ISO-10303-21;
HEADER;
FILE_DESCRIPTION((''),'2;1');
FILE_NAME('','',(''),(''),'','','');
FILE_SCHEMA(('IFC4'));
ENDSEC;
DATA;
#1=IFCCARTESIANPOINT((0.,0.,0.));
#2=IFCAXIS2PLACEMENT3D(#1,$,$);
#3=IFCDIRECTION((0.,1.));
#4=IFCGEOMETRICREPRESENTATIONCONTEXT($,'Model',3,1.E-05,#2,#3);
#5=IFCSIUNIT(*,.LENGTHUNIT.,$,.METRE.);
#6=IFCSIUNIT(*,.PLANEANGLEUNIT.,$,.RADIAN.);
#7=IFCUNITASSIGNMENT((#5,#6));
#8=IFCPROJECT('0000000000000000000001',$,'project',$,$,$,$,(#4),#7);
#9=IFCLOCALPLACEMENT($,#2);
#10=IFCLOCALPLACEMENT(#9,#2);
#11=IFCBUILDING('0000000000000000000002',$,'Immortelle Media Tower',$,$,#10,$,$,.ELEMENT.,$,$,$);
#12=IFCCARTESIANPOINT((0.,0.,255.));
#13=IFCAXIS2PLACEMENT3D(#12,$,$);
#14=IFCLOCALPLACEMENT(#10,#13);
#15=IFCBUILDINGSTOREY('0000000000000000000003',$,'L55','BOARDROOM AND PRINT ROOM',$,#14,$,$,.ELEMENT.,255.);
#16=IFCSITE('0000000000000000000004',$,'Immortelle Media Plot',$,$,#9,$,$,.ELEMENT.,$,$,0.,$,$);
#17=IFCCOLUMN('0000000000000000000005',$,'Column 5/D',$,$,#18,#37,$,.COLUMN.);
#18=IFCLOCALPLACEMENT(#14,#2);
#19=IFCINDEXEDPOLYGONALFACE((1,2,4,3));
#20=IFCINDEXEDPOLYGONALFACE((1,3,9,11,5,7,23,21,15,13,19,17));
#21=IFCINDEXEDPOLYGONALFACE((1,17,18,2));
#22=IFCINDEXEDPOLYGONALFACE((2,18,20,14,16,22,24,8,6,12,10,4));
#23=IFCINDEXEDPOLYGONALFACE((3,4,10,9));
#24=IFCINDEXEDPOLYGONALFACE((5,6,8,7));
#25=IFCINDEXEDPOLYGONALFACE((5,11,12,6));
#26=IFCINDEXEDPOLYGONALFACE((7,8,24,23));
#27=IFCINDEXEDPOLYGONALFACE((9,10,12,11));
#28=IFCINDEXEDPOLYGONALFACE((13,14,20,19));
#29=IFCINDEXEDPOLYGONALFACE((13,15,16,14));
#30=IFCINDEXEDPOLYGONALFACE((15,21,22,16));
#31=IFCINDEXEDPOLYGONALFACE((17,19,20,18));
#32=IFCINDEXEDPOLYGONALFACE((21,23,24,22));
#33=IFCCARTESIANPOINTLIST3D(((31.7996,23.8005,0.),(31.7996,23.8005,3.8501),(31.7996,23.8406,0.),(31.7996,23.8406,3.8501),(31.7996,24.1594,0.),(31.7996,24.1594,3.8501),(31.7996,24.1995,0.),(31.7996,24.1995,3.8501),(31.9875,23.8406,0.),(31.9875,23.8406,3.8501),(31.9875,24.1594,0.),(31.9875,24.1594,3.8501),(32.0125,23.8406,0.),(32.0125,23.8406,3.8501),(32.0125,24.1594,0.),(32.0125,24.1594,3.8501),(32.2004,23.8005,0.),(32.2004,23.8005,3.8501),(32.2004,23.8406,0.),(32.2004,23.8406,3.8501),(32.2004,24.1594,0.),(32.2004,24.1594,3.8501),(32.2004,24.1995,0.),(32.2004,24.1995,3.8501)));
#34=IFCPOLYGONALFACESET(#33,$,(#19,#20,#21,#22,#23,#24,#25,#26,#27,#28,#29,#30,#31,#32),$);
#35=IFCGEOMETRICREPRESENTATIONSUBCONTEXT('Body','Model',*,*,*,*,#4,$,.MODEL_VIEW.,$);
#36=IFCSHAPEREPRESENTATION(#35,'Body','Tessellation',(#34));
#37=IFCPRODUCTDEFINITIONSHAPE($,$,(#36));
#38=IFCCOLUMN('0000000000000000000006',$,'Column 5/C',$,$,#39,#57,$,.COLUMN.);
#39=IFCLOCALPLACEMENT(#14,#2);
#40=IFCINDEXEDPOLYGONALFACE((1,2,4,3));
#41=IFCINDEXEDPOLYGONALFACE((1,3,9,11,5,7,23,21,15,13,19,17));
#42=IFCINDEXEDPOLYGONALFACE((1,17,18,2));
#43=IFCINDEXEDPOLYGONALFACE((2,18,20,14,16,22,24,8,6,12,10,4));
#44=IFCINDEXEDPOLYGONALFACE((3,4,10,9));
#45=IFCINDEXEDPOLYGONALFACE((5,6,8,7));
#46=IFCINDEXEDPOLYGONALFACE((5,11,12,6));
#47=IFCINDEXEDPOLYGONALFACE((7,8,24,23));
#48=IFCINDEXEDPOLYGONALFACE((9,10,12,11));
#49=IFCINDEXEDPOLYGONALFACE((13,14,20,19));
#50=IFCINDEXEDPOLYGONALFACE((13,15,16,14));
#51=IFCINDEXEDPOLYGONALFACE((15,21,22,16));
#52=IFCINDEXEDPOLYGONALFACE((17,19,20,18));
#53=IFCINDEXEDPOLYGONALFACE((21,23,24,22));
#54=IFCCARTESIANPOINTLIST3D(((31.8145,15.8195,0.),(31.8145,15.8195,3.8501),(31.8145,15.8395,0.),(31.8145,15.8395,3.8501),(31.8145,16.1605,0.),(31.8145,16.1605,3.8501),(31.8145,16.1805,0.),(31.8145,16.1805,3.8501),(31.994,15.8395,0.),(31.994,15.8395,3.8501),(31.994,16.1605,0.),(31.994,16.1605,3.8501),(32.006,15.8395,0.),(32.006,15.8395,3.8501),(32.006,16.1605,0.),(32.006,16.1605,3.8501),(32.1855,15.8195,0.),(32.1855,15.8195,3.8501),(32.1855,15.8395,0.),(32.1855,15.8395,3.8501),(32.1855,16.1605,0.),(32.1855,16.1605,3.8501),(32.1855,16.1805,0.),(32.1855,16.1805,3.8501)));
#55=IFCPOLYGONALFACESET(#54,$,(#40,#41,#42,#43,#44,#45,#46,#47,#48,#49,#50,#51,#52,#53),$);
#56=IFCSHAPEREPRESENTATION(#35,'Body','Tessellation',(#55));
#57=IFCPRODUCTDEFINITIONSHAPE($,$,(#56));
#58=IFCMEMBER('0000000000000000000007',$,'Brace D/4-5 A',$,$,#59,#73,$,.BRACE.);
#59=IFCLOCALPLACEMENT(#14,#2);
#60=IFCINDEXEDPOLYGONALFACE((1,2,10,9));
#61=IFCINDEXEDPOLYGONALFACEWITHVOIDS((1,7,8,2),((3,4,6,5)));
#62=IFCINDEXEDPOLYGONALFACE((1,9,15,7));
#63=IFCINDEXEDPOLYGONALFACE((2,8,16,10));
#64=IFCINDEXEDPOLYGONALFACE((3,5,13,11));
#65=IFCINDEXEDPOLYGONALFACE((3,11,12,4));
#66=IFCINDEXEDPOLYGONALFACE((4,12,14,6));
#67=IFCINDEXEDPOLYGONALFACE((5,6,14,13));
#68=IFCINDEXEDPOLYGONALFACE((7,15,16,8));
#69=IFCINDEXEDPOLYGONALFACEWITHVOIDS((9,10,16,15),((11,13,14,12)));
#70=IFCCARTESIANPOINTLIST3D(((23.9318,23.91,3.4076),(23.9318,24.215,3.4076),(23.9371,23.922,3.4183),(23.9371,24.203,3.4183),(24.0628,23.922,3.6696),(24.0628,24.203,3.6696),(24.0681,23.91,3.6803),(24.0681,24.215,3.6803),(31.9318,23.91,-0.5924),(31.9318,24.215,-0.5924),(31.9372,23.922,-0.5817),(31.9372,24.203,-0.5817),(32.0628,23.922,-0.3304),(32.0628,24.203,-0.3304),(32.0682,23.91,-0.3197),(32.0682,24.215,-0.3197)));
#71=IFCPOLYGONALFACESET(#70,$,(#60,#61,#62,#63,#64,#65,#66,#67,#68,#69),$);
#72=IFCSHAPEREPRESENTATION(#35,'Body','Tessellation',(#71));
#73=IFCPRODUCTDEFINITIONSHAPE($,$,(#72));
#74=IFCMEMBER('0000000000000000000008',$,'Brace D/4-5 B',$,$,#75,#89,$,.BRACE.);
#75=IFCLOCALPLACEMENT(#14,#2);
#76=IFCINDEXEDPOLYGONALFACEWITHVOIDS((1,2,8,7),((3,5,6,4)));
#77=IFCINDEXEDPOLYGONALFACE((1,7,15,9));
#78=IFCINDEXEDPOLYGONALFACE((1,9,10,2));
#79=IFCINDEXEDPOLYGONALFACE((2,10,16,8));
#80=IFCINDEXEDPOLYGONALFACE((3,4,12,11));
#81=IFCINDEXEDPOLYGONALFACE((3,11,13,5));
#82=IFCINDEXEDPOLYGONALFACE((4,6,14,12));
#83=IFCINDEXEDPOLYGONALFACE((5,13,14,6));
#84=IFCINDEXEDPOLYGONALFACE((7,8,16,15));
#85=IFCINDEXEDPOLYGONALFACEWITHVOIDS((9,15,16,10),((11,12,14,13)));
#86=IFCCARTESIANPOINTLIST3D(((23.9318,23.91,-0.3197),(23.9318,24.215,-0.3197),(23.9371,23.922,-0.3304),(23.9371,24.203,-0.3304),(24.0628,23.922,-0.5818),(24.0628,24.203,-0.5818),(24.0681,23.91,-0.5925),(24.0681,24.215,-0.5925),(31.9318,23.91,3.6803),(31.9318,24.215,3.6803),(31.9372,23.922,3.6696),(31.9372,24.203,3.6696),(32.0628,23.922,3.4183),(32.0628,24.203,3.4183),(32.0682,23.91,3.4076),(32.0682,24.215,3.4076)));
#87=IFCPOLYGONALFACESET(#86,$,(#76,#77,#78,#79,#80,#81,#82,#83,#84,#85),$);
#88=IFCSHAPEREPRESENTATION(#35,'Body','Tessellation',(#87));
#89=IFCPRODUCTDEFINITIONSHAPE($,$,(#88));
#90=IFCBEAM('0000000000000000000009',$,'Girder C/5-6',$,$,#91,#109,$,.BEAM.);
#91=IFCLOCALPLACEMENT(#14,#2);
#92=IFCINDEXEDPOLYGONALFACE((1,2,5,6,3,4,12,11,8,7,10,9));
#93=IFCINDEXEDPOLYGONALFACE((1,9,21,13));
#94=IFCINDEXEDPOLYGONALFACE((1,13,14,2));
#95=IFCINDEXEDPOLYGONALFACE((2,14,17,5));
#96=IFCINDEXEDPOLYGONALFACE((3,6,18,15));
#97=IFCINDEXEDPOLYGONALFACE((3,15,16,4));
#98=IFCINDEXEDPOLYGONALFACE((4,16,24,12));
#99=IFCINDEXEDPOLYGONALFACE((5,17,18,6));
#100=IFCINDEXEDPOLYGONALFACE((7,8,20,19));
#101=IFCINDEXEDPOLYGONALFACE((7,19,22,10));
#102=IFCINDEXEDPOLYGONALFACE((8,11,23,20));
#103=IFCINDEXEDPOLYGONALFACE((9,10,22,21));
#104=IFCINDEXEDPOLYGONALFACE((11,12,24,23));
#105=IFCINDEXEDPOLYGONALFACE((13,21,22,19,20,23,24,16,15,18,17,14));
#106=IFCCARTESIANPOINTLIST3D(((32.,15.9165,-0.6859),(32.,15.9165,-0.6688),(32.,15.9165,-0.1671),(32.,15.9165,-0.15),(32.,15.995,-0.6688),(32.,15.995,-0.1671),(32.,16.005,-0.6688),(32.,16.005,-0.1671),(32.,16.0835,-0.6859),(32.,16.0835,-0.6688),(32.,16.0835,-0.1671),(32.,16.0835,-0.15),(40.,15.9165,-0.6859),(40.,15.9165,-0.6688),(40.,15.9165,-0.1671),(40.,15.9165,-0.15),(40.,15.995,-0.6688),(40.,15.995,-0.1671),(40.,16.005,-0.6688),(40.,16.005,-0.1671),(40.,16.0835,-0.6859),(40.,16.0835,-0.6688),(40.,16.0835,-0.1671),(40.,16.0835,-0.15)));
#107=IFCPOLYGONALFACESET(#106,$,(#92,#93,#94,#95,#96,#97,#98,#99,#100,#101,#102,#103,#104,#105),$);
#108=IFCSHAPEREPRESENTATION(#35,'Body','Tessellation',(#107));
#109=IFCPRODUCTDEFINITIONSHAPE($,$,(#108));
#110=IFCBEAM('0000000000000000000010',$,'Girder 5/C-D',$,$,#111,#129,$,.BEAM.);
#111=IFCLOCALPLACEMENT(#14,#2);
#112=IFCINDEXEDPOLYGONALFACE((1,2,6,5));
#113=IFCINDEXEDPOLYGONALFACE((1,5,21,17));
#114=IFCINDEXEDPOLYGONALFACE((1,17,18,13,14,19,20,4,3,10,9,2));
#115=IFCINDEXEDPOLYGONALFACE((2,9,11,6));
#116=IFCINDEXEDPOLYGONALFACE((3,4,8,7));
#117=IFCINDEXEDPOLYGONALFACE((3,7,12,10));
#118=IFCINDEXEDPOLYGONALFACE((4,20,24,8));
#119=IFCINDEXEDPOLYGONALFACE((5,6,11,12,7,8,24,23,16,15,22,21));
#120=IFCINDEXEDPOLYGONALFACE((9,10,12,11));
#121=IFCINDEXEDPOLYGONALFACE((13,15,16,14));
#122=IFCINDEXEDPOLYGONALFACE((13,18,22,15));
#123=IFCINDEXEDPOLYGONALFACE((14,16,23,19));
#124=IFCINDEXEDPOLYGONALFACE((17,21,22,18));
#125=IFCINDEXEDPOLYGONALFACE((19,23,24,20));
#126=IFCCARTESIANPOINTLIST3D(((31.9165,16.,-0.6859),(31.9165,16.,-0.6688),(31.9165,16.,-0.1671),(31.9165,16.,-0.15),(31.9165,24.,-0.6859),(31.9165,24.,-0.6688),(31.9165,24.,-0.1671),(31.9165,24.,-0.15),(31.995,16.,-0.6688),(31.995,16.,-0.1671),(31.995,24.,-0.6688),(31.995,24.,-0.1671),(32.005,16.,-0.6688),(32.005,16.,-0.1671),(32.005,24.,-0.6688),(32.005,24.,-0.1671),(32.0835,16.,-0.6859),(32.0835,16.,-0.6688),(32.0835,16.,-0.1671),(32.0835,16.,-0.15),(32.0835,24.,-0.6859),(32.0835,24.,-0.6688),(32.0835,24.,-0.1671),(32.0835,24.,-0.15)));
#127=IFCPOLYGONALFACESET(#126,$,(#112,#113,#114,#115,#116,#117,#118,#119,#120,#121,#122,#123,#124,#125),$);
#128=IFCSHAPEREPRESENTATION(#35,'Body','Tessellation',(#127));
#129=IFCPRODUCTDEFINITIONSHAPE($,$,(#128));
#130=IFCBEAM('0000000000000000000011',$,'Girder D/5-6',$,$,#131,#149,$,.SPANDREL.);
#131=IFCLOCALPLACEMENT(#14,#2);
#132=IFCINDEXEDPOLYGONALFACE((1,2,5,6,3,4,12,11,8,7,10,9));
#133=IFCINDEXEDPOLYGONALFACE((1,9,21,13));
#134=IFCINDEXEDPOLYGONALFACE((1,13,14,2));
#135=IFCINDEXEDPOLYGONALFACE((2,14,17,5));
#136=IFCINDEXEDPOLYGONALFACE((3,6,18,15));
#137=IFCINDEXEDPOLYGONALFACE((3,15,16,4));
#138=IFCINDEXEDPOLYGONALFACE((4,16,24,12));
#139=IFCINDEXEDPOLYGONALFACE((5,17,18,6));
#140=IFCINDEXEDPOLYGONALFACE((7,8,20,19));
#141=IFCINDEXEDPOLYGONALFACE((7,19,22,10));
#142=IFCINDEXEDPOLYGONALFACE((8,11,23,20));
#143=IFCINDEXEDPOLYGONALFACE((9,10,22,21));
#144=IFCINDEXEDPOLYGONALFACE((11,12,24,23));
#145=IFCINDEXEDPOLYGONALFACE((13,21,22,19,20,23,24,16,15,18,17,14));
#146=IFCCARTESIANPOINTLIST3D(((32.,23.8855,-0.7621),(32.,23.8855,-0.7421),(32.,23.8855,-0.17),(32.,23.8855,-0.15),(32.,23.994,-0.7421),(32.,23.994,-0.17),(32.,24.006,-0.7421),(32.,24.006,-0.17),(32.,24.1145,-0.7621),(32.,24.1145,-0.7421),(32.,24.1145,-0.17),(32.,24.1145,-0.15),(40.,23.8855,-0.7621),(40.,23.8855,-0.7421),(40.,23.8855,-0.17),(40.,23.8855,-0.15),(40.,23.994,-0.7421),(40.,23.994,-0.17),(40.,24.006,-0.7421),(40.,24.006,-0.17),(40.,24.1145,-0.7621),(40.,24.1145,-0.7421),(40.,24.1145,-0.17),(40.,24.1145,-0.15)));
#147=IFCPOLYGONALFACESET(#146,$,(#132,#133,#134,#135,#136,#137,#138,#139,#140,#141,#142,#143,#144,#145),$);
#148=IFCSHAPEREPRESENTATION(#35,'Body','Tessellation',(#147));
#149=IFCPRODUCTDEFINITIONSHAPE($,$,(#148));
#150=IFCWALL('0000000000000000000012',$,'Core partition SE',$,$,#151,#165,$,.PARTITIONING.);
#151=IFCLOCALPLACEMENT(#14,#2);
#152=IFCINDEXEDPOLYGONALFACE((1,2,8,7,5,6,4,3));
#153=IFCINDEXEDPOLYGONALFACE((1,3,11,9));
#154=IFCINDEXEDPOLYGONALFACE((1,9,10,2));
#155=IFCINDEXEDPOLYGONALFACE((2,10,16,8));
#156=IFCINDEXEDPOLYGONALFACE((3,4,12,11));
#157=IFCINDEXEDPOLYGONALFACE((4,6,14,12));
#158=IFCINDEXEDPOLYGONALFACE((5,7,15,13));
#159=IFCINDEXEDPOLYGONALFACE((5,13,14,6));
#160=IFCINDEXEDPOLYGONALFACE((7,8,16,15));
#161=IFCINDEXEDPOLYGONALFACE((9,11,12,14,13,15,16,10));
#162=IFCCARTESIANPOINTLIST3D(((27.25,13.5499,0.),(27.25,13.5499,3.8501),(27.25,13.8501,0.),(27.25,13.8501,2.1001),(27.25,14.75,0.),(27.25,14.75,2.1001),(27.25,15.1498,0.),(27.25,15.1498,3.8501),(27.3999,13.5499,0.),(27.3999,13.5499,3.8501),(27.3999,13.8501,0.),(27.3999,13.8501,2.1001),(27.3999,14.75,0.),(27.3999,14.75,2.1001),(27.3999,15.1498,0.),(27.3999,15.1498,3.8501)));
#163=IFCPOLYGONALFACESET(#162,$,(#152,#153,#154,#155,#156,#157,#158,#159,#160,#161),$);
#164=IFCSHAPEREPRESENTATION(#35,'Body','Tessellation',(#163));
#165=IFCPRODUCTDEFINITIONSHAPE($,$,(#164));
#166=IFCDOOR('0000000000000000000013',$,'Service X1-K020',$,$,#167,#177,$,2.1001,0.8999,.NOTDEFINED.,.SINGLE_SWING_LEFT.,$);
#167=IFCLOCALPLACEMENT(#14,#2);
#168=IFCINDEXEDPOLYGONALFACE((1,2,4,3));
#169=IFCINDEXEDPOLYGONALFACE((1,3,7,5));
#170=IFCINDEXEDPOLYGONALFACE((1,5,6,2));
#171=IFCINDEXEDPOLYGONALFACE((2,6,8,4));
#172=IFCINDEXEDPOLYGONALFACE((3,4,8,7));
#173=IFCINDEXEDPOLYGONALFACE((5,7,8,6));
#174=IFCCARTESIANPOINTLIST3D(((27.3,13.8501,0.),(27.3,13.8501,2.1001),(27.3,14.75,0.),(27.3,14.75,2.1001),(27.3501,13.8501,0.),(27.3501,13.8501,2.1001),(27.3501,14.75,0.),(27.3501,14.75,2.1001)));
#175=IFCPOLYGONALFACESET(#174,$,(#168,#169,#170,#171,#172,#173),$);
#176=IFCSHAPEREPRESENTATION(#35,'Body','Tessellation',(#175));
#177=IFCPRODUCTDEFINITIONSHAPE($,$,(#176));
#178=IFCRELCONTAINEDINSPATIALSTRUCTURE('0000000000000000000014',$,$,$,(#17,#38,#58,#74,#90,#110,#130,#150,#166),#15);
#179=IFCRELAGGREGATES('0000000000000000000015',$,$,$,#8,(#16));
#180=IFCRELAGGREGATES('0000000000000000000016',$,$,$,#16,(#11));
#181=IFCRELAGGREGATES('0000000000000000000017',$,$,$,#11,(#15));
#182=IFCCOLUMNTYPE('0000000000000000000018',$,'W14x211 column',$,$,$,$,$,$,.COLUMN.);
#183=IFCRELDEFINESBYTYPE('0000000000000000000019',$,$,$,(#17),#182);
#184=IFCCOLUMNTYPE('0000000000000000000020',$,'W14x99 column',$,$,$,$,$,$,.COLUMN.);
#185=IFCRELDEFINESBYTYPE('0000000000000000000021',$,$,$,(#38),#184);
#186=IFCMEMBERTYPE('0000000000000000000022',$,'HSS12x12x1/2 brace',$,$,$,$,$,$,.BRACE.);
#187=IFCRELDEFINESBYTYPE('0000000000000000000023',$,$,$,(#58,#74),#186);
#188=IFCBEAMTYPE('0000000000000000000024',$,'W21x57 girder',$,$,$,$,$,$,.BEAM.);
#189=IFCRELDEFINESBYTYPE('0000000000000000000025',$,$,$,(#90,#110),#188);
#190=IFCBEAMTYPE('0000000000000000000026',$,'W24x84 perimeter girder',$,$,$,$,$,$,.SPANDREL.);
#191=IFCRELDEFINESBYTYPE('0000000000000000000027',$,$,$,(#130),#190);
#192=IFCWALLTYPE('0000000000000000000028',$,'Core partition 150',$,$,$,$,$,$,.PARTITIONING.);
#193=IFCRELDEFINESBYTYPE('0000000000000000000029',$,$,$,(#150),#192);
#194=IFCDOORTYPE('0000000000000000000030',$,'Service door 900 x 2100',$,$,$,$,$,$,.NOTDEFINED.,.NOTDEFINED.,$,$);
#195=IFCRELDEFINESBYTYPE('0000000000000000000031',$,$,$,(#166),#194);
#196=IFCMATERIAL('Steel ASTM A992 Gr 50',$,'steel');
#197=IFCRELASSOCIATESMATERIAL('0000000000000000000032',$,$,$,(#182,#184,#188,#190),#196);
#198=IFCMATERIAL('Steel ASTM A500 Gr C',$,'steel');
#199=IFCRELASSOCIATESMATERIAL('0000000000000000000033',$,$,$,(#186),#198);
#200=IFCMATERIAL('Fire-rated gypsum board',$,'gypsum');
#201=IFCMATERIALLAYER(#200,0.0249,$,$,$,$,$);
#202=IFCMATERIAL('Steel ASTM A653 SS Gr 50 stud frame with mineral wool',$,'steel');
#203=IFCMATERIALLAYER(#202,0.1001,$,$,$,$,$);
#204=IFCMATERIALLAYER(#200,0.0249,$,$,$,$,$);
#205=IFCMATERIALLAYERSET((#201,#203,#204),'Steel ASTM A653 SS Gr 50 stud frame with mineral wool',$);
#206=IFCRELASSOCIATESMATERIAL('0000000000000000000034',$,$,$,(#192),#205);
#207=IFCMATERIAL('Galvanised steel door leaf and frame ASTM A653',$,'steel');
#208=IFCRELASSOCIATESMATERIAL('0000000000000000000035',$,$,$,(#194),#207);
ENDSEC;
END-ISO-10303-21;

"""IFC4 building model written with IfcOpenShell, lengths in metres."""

from ifc_helpers import new_model, si_unit, direction, frame, frame_2d, origin, origin_2d, place, context, subcontext, project, spatial, rectangle, hollow_rectangle, i_section, extrude, material, layer, layer_set, material_profile, profile_set, type_object, element, fill, save


model = new_model("IFC4")

# Units and contexts
model_context = context("Model", 3, precision=1e-05, world=origin(), true_north=direction((0.0, 1.0)))
body_context = subcontext(model_context, "Body", "Model", "MODEL_VIEW")
ifc_project = project(units=[si_unit("LENGTHUNIT", "METRE"), si_unit("PLANEANGLEUNIT", "RADIAN")], contexts=[model_context])

# Site, building, storey
site_placement = place(None, origin())
site = spatial("IfcSite", under=ifc_project, at=site_placement, Name="Immortelle Media Plot", CompositionType="ELEMENT", RefElevation=0.0)
building_placement = place(site_placement, origin())
building = spatial("IfcBuilding", under=site, at=building_placement, Name="Immortelle Media Tower", CompositionType="ELEMENT")
storey_placement = place(building_placement, frame((0.0, 0.0, 255.0)))
storey = spatial("IfcBuildingStorey", under=building, at=storey_placement, Name="L55", Description="BOARDROOM AND PRINT ROOM", CompositionType="ELEMENT", Elevation=255.0)

# Columns
ifc_material_1 = material(Name="Steel ASTM A992 Gr 50", Category="steel")
ifc_material_profile_1 = material_profile(ifc_material_1, i_section(OverallWidth=0.4009, OverallDepth=0.3989, WebThickness=0.0249, FlangeThickness=0.04, at=origin_2d()), Name="W14x211")
ifc_profile_set_1 = profile_set([ifc_material_profile_1], Name="Steel ASTM A992 Gr 50")
column_type_1 = type_object("IfcColumnType", Name="W14x211 column", PredefinedType="COLUMN", material=ifc_profile_set_1)
column_1_placement = place(storey_placement, frame((32.0, 24.0, 0.0), z_axis=(0.0, 0.0, 1.0), x_axis=(1.0, 0.0, 0.0)))
element("IfcColumn", 1, at=column_1_placement, inside=storey, type_object=column_type_1, Name="Column 5/D", PredefinedType="COLUMN", context=body_context, shape_type="SweptSolid", body=[
    extrude(i_section(OverallWidth=0.4009, OverallDepth=0.3989, WebThickness=0.0249, FlangeThickness=0.04, at=origin_2d()), origin(), (0.0, 0.0, 1.0), 3.8501),
])
ifc_material_profile_2 = material_profile(ifc_material_1, i_section(OverallWidth=0.3711, OverallDepth=0.3611, WebThickness=0.012, FlangeThickness=0.02, at=origin_2d()), Name="W14x99")
ifc_profile_set_2 = profile_set([ifc_material_profile_2], Name="Steel ASTM A992 Gr 50")
column_type_2 = type_object("IfcColumnType", Name="W14x99 column", PredefinedType="COLUMN", material=ifc_profile_set_2)
column_2_placement = place(storey_placement, frame((32.0, 16.0, 0.0), z_axis=(0.0, 0.0, 1.0), x_axis=(1.0, 0.0, 0.0)))
element("IfcColumn", 2, at=column_2_placement, inside=storey, type_object=column_type_2, Name="Column 5/C", PredefinedType="COLUMN", context=body_context, shape_type="SweptSolid", body=[
    extrude(i_section(OverallWidth=0.3711, OverallDepth=0.3611, WebThickness=0.012, FlangeThickness=0.02, at=origin_2d()), origin(), (0.0, 0.0, 1.0), 3.8501),
])

# Members
ifc_material_2 = material(Name="Steel ASTM A500 Gr C", Category="steel")
ifc_material_profile_3 = material_profile(ifc_material_2, hollow_rectangle(XDim=0.3049, YDim=0.3049, WallThickness=0.012, at=origin_2d()), Name="HSS12x12x1/2 brace")
ifc_profile_set_3 = profile_set([ifc_material_profile_3], Name="Steel ASTM A500 Gr C")
member_type = type_object("IfcMemberType", Name="HSS12x12x1/2 brace", PredefinedType="BRACE", material=ifc_profile_set_3)
for number, where, z_axis, x_axis, name in (
    (3, (32.0, 24.0625, -0.4561), (-0.894427, 0.0, 0.447214), (0.0, -1.0, 0.0), "Brace D/4-5 A"),
    (4, (32.0, 24.0625, 3.5439), (-0.894427, 0.0, -0.447214), (0.0, -1.0, 0.0), "Brace D/4-5 B"),
):
    element("IfcMember", number, at=place(storey_placement, frame(where, z_axis=z_axis, x_axis=x_axis)), inside=storey, type_object=member_type, Name=name, PredefinedType="BRACE", context=body_context, shape_type="SweptSolid", body=[
        extrude(hollow_rectangle(XDim=0.3049, YDim=0.3049, WallThickness=0.012, at=origin_2d()), origin(), (0.0, 0.0, 1.0), 8.9443),
    ])

# Beams
ifc_material_profile_4 = material_profile(ifc_material_1, i_section(OverallWidth=0.167, OverallDepth=0.5359, WebThickness=0.01, FlangeThickness=0.0171, at=origin_2d()), Name="W21x57")
ifc_profile_set_4 = profile_set([ifc_material_profile_4], Name="Steel ASTM A992 Gr 50")
beam_type_1 = type_object("IfcBeamType", Name="W21x57 girder", PredefinedType="BEAM", material=ifc_profile_set_4)
for number, where, z_axis, x_axis, name in (
    (5, (32.0, 16.0, -0.418), (1.0, 0.0, 0.0), (0.0, 1.0, 0.0), "Girder C/5-6"),
    (6, (32.0, 16.0, -0.418), (0.0, 1.0, 0.0), (-1.0, 0.0, 0.0), "Girder 5/C-D"),
):
    element("IfcBeam", number, at=place(storey_placement, frame(where, z_axis=z_axis, x_axis=x_axis)), inside=storey, type_object=beam_type_1, Name=name, PredefinedType="BEAM", context=body_context, shape_type="SweptSolid", body=[
        extrude(i_section(OverallWidth=0.167, OverallDepth=0.5359, WebThickness=0.01, FlangeThickness=0.0171, at=origin_2d()), origin(), (0.0, 0.0, 1.0), 8.0),
    ])
ifc_material_profile_5 = material_profile(ifc_material_1, i_section(OverallWidth=0.229, OverallDepth=0.6121, WebThickness=0.012, FlangeThickness=0.02, at=origin_2d()), Name="W24x84")
ifc_profile_set_5 = profile_set([ifc_material_profile_5], Name="Steel ASTM A992 Gr 50")
beam_type_2 = type_object("IfcBeamType", Name="W24x84 perimeter girder", PredefinedType="SPANDREL", material=ifc_profile_set_5)
beam_placement = place(storey_placement, frame((32.0, 24.0, -0.4561), z_axis=(1.0, 0.0, 0.0), x_axis=(0.0, 1.0, 0.0)))
element("IfcBeam", 7, at=beam_placement, inside=storey, type_object=beam_type_2, Name="Girder D/5-6", PredefinedType="SPANDREL", context=body_context, shape_type="SweptSolid", body=[
    extrude(i_section(OverallWidth=0.229, OverallDepth=0.6121, WebThickness=0.012, FlangeThickness=0.02, at=origin_2d()), origin(), (0.0, 0.0, 1.0), 8.0),
])

# Wall, opening, door
ifc_material_3 = material(Name="Fire-rated gypsum board", Category="gypsum")
ifc_layer_1 = layer(ifc_material_3, 0.0249)
ifc_material_4 = material(Name="Steel ASTM A653 SS Gr 50 stud frame with mineral wool", Category="steel")
ifc_layer_2 = layer(ifc_material_4, 0.1001)
ifc_layer_3 = layer(ifc_material_3, 0.0249)
ifc_layer_set_1 = layer_set([ifc_layer_1, ifc_layer_2, ifc_layer_3], Name="Steel ASTM A653 SS Gr 50 stud frame with mineral wool")
wall_type_1 = type_object("IfcWallType", Name="Core partition 150", PredefinedType="PARTITIONING", material=ifc_layer_set_1)
wall_1_placement = place(storey_placement, frame((27.325, 13.55, 0.0), z_axis=(0.0, 0.0, 1.0), x_axis=(0.0, 1.0, 0.0)))
wall_1 = element("IfcWall", 8, at=wall_1_placement, inside=storey, type_object=wall_type_1, Name="Core partition SE", PredefinedType="PARTITIONING", context=body_context, shape_type="SweptSolid", body=[
    extrude(rectangle(XDim=1.5999, YDim=0.1499, at=frame_2d((0.7998, 0.0))), origin(), (0.0, 0.0, 1.0), 3.8501),
])
opening_1_placement = place(wall_1_placement, frame((0.3, 0.0, 0.0)))
opening_1 = element("IfcOpeningElement", 9, at=opening_1_placement, cuts=wall_1, PredefinedType="OPENING", context=body_context, shape_type="SweptSolid", body=[
    extrude(rectangle(XDim=0.8999, YDim=2.1001, at=frame_2d((0.45, 1.05))), frame((0.0, 0.085, 0.0), z_axis=(0.0, -1.0, 0.0), x_axis=(1.0, 0.0, 0.0)), (0.0, 0.0, 1.0), 0.1699),
])
ifc_material_5 = material(Name="Galvanised steel door leaf and frame ASTM A653", Category="steel")
door_type_1 = type_object("IfcDoorType", Name="Service door 900 x 2100", OperationType="NOTDEFINED", PredefinedType="NOTDEFINED", material=ifc_material_5)
door_1_placement = place(opening_1_placement, origin())
door_1 = element("IfcDoor", 10, at=door_1_placement, inside=storey, type_object=door_type_1, Name="Service X1-K020", OperationType="SINGLE_SWING_LEFT", OverallHeight=2.1001, OverallWidth=0.8999, PredefinedType="NOTDEFINED", context=body_context, shape_type="SweptSolid", body=[
    extrude(rectangle(XDim=0.8999, YDim=2.1001, at=frame_2d((0.45, 1.05))), frame((0.0, 0.0249, 0.0), z_axis=(0.0, -1.0, 0.0), x_axis=(1.0, 0.0, 0.0)), (0.0, 0.0, 1.0), 0.05),
])
fill(opening_1, door_1)

save(model, "model.ifc")
